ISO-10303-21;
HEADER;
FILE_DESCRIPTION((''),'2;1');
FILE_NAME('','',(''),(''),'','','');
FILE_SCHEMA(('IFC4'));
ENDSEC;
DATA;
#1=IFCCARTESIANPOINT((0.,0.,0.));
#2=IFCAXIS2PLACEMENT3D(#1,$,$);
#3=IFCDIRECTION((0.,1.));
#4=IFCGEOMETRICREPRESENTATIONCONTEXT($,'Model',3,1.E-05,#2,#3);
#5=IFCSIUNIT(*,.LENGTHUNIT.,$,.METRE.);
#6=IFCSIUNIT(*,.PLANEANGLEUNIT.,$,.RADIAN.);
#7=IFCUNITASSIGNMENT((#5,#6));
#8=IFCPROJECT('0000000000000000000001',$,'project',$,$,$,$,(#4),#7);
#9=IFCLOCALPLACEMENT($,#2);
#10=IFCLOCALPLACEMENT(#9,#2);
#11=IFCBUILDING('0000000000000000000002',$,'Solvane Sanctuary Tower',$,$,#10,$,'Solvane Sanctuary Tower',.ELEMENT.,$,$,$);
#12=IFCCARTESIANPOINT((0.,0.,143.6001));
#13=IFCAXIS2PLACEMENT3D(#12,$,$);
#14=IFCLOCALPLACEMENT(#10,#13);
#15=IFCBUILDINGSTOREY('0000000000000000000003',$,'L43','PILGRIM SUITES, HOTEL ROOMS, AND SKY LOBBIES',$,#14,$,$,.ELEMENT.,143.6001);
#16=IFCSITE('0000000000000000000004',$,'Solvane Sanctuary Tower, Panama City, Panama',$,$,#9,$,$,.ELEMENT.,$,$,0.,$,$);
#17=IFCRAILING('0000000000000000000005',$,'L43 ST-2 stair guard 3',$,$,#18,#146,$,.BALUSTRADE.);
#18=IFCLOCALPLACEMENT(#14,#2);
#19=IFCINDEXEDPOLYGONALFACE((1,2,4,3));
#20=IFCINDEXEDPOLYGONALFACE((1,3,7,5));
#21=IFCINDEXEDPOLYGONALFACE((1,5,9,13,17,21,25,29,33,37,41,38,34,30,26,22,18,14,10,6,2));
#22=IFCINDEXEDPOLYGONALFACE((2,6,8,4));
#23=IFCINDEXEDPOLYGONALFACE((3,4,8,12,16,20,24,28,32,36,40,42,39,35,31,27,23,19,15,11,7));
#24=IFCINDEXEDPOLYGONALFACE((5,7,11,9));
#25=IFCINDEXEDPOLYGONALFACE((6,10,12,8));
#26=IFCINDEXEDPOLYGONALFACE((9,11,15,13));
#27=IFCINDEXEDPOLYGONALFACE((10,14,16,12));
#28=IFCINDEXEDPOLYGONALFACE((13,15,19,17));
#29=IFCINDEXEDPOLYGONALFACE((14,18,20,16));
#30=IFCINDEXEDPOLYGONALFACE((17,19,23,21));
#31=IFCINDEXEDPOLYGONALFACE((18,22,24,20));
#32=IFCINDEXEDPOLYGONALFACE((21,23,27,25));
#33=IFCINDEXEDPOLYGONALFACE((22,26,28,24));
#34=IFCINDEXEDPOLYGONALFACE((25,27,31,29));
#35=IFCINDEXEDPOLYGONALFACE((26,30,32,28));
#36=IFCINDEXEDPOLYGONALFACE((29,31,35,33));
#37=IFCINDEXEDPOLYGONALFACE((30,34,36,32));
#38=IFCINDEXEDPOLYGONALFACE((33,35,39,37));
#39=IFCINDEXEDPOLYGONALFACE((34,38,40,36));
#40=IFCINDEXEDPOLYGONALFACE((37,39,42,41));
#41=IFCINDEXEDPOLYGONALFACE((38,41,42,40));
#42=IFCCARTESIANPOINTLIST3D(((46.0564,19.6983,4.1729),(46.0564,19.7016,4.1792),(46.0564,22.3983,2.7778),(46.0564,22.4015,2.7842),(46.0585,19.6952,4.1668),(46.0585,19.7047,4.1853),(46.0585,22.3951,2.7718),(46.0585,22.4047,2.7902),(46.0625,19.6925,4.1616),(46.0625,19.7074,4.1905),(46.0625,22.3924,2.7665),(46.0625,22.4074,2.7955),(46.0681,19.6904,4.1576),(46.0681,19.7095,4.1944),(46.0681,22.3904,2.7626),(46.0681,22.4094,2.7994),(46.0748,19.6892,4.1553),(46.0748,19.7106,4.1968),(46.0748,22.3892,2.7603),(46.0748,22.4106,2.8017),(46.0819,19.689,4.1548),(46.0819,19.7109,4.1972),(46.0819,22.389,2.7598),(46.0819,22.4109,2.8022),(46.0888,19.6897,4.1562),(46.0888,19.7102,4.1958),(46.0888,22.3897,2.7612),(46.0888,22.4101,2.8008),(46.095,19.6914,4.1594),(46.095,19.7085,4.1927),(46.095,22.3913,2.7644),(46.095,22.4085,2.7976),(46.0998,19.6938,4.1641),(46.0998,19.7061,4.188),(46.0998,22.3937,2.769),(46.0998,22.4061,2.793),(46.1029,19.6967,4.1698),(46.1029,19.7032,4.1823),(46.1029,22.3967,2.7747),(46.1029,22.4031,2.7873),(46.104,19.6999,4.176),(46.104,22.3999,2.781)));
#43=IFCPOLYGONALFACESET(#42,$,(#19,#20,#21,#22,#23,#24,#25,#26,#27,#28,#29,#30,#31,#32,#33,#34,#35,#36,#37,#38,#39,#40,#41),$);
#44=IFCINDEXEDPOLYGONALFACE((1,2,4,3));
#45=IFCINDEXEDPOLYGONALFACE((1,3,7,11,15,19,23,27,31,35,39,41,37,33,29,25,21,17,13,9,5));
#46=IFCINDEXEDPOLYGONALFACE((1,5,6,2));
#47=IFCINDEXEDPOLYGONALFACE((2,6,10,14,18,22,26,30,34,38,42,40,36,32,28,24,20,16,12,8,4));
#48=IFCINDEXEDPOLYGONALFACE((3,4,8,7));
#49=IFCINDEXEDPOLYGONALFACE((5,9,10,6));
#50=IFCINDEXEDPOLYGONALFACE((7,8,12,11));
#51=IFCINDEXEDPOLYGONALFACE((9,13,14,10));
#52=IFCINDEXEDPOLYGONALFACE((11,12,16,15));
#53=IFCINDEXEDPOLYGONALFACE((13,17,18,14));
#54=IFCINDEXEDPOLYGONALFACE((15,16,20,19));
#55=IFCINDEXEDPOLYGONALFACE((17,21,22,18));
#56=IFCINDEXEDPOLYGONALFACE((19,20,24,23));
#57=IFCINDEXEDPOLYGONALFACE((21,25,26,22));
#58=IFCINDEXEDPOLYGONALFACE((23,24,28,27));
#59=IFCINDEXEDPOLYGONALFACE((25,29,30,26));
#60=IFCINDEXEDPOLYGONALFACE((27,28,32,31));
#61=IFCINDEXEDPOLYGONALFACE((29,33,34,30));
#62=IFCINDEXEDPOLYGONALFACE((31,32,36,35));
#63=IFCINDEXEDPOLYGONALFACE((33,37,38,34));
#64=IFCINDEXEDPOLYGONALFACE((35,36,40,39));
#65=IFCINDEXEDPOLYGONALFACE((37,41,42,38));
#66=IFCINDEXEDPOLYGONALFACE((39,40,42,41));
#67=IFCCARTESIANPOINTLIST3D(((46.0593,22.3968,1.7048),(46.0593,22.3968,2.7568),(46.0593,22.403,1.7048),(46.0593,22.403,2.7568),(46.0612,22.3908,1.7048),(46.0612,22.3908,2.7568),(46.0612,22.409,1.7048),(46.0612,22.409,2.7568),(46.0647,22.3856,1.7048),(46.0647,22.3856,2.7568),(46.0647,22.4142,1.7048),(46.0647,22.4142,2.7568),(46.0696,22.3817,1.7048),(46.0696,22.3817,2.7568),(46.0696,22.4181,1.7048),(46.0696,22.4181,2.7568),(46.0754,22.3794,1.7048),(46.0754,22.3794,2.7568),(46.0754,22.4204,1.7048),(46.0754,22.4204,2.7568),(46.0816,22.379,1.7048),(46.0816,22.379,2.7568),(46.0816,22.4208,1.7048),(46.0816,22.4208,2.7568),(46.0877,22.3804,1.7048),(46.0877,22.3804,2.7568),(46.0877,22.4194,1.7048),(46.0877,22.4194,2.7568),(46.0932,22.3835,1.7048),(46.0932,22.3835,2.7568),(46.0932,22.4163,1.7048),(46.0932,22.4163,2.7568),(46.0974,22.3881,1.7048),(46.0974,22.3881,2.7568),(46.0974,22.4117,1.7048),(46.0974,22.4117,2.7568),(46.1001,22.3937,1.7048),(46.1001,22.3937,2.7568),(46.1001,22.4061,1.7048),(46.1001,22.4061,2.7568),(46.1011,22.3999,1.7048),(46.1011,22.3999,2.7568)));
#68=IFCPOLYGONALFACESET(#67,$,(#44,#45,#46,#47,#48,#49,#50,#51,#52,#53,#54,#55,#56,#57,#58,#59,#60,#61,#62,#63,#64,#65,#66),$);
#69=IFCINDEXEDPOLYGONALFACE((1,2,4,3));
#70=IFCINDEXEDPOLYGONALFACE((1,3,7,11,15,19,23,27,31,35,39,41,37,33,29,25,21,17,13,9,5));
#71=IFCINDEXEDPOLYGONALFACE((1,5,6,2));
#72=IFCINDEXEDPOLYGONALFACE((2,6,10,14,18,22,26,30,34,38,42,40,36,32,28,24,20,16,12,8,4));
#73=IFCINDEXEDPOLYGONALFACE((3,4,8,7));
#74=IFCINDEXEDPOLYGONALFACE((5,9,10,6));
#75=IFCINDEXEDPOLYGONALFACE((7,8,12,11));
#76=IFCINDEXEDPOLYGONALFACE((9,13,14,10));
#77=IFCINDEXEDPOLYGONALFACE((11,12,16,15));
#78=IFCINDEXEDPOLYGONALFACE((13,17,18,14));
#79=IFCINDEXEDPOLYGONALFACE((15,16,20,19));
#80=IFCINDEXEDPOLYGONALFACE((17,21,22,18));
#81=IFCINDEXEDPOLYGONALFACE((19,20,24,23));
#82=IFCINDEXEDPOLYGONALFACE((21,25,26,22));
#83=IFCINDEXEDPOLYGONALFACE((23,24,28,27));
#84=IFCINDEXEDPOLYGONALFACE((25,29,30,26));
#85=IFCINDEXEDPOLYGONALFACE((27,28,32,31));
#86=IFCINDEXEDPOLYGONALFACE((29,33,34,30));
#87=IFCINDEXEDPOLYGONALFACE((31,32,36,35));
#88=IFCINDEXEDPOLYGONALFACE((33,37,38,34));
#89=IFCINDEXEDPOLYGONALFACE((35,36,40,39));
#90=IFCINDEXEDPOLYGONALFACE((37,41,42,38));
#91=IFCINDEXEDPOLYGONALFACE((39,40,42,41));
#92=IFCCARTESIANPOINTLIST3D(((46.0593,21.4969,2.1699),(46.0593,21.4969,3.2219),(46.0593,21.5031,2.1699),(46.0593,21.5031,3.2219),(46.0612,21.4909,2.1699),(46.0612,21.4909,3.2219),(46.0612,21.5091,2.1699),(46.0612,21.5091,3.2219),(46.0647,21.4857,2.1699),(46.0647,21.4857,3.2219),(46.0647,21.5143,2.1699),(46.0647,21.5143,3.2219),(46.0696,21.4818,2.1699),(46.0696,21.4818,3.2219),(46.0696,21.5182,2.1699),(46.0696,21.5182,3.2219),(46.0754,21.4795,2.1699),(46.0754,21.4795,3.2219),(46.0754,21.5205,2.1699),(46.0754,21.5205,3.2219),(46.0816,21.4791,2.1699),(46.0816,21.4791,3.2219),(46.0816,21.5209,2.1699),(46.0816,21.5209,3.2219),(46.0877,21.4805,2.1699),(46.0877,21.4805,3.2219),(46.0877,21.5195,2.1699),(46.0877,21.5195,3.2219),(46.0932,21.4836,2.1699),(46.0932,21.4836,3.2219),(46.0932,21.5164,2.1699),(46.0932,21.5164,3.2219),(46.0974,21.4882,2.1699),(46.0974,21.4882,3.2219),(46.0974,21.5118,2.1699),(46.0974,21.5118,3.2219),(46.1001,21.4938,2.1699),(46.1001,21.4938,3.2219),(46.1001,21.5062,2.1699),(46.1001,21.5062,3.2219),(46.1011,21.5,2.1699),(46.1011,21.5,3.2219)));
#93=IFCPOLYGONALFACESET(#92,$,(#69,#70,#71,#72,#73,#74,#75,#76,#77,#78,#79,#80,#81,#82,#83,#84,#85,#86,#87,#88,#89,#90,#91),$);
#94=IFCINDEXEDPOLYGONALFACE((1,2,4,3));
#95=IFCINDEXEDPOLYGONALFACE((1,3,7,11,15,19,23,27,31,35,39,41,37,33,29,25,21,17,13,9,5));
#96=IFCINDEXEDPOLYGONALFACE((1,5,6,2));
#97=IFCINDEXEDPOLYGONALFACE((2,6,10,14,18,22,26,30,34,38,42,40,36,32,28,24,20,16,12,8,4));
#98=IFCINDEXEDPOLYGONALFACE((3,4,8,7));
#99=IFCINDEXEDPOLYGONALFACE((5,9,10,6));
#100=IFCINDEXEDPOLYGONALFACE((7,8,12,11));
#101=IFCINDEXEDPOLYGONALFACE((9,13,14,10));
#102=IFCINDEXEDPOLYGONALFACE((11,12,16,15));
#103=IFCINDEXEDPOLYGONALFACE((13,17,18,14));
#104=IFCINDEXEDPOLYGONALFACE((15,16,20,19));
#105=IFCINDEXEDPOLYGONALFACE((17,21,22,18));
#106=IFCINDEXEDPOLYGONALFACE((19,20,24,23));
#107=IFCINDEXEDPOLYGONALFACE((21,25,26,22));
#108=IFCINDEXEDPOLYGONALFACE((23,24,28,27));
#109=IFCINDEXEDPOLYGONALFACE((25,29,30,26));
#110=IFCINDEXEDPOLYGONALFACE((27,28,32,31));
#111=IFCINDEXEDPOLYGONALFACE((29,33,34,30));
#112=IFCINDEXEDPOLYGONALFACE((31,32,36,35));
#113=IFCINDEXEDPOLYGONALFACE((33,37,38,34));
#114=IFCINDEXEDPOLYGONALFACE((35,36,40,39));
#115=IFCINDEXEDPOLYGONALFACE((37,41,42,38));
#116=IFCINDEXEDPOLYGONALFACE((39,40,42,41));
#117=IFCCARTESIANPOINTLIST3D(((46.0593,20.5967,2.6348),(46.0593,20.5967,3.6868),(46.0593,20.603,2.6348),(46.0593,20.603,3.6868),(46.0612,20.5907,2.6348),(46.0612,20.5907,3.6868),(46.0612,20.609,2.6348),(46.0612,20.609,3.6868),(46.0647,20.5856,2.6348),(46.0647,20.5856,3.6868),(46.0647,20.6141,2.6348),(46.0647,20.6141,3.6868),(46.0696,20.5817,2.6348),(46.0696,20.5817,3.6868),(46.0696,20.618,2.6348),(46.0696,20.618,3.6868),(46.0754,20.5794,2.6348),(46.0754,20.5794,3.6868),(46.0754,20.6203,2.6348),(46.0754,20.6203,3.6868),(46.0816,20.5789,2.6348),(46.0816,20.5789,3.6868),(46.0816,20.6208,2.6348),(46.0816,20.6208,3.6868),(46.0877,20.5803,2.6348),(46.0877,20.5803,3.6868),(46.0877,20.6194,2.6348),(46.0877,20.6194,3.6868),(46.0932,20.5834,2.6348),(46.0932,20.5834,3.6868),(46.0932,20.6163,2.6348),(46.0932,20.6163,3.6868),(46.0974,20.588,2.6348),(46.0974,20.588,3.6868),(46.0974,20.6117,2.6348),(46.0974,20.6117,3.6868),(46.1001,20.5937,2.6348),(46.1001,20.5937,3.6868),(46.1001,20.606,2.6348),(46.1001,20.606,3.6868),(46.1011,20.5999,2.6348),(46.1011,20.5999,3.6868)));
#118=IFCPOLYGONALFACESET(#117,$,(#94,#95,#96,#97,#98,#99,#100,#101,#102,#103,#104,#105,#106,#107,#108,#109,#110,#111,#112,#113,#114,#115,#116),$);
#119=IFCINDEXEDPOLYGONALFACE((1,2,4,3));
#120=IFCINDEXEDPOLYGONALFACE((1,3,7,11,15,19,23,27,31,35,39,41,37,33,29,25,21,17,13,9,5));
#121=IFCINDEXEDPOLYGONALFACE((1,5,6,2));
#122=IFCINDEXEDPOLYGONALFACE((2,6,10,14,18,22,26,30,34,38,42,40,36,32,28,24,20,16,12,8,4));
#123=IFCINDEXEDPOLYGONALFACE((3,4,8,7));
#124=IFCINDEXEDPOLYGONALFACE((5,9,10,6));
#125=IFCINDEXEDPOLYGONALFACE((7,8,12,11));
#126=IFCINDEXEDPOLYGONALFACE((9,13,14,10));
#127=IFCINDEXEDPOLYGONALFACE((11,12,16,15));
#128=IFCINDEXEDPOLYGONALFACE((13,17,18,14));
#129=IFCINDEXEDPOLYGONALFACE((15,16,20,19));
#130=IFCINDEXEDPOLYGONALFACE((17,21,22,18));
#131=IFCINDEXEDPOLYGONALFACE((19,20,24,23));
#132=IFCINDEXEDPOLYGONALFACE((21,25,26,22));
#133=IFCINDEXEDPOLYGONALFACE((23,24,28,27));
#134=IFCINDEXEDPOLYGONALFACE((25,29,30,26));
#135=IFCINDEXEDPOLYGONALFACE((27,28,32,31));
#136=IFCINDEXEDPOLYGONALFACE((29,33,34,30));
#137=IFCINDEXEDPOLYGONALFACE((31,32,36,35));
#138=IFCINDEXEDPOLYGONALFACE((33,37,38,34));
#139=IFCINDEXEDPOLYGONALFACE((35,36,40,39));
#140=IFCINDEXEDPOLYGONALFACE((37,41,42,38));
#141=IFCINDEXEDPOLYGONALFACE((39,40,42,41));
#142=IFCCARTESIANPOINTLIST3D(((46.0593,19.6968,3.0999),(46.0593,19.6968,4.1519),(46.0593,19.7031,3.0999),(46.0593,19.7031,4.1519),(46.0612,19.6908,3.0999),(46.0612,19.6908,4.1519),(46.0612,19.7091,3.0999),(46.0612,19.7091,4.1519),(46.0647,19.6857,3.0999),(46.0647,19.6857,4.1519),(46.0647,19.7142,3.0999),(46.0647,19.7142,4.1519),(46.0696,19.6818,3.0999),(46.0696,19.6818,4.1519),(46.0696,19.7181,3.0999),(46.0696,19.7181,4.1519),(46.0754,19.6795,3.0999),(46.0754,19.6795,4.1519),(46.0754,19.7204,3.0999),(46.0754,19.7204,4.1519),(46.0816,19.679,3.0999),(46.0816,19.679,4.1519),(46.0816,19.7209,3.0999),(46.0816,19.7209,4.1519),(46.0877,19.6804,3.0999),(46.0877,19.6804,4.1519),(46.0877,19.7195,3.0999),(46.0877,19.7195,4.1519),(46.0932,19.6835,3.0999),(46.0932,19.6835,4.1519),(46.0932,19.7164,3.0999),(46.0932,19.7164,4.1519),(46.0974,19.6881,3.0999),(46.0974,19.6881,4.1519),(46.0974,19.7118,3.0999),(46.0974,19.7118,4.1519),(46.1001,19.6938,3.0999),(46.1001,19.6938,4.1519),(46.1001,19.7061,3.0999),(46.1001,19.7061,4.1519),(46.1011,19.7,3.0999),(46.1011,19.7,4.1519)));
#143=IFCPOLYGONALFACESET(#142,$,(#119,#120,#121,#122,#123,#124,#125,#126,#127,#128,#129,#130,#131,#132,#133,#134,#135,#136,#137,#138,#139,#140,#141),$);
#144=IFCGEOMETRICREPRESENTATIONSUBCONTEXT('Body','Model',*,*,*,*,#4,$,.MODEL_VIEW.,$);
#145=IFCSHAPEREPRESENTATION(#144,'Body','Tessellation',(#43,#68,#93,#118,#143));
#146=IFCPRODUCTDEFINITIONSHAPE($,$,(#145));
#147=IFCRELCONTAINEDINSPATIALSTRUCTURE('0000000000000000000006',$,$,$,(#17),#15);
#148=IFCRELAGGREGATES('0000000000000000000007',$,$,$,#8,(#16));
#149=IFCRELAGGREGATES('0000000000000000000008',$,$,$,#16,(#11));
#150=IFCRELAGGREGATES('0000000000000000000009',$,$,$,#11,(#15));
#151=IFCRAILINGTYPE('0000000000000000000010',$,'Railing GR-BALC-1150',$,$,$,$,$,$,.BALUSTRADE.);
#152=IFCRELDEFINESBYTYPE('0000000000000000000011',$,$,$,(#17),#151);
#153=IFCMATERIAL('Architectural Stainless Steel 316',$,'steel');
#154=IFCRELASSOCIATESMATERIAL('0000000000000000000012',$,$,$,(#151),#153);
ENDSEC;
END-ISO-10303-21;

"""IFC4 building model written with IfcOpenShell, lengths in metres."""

from ifc_helpers import new_model, si_unit, direction, frame, origin, origin_2d, place, context, subcontext, project, spatial, circle, extrude, material, type_object, element, save


model = new_model("IFC4")

# Units and contexts
model_context = context("Model", 3, precision=1e-05, world=origin(), true_north=direction((0.0, 1.0)))
body_context = subcontext(model_context, "Body", "Model", "MODEL_VIEW")
ifc_project = project(units=[si_unit("LENGTHUNIT", "METRE"), si_unit("PLANEANGLEUNIT", "RADIAN")], contexts=[model_context])

# Site, building, storey
site_placement = place(None, origin())
site = spatial("IfcSite", under=ifc_project, at=site_placement, Name="Solvane Sanctuary Tower, Panama City, Panama", CompositionType="ELEMENT", RefElevation=0.0)
building_placement = place(site_placement, origin())
building = spatial("IfcBuilding", under=site, at=building_placement, Name="Solvane Sanctuary Tower", LongName="Solvane Sanctuary Tower", CompositionType="ELEMENT")
storey_placement = place(building_placement, frame((0.0, 0.0, 143.6001)))
storey = spatial("IfcBuildingStorey", under=building, at=storey_placement, Name="L43", Description="PILGRIM SUITES, HOTEL ROOMS, AND SKY LOBBIES", CompositionType="ELEMENT", Elevation=143.6001)

# Shared definitions
ifc_material_1 = material(Name="Architectural Stainless Steel 316", Category="steel")

# Railing
railing_type = type_object("IfcRailingType", Name="Railing GR-BALC-1150", PredefinedType="BALUSTRADE", material=ifc_material_1)
railing_1_placement = place(storey_placement, frame((46.0801, 22.3999, 1.7048)))
element("IfcRailing", 1, at=railing_1_placement, inside=storey, type_object=railing_type, Name="L43 ST-2 stair guard 3", PredefinedType="BALUSTRADE", context=body_context, shape_type="SweptSolid", body=[
    extrude(circle(Radius=0.0239, at=origin_2d()), frame((0.0, 0.0, 1.0762), z_axis=(0.0, -0.88842, 0.459032), x_axis=(1.0, 0.0, 0.0)), (0.0, 0.0, 1.0), 3.0391),
    extrude(circle(Radius=0.021, at=origin_2d()), origin(), (0.0, 0.0, 1.0), 1.052),
    extrude(circle(Radius=0.021, at=origin_2d()), frame((0.0, -0.8999, 0.4651)), (0.0, 0.0, 1.0), 1.052),
    extrude(circle(Radius=0.021, at=origin_2d()), frame((0.0, -1.8, 0.9299)), (0.0, 0.0, 1.0), 1.052),
    extrude(circle(Radius=0.021, at=origin_2d()), frame((0.0, -2.7, 1.395)), (0.0, 0.0, 1.0), 1.052),
])

save(model, "model.ifc")
